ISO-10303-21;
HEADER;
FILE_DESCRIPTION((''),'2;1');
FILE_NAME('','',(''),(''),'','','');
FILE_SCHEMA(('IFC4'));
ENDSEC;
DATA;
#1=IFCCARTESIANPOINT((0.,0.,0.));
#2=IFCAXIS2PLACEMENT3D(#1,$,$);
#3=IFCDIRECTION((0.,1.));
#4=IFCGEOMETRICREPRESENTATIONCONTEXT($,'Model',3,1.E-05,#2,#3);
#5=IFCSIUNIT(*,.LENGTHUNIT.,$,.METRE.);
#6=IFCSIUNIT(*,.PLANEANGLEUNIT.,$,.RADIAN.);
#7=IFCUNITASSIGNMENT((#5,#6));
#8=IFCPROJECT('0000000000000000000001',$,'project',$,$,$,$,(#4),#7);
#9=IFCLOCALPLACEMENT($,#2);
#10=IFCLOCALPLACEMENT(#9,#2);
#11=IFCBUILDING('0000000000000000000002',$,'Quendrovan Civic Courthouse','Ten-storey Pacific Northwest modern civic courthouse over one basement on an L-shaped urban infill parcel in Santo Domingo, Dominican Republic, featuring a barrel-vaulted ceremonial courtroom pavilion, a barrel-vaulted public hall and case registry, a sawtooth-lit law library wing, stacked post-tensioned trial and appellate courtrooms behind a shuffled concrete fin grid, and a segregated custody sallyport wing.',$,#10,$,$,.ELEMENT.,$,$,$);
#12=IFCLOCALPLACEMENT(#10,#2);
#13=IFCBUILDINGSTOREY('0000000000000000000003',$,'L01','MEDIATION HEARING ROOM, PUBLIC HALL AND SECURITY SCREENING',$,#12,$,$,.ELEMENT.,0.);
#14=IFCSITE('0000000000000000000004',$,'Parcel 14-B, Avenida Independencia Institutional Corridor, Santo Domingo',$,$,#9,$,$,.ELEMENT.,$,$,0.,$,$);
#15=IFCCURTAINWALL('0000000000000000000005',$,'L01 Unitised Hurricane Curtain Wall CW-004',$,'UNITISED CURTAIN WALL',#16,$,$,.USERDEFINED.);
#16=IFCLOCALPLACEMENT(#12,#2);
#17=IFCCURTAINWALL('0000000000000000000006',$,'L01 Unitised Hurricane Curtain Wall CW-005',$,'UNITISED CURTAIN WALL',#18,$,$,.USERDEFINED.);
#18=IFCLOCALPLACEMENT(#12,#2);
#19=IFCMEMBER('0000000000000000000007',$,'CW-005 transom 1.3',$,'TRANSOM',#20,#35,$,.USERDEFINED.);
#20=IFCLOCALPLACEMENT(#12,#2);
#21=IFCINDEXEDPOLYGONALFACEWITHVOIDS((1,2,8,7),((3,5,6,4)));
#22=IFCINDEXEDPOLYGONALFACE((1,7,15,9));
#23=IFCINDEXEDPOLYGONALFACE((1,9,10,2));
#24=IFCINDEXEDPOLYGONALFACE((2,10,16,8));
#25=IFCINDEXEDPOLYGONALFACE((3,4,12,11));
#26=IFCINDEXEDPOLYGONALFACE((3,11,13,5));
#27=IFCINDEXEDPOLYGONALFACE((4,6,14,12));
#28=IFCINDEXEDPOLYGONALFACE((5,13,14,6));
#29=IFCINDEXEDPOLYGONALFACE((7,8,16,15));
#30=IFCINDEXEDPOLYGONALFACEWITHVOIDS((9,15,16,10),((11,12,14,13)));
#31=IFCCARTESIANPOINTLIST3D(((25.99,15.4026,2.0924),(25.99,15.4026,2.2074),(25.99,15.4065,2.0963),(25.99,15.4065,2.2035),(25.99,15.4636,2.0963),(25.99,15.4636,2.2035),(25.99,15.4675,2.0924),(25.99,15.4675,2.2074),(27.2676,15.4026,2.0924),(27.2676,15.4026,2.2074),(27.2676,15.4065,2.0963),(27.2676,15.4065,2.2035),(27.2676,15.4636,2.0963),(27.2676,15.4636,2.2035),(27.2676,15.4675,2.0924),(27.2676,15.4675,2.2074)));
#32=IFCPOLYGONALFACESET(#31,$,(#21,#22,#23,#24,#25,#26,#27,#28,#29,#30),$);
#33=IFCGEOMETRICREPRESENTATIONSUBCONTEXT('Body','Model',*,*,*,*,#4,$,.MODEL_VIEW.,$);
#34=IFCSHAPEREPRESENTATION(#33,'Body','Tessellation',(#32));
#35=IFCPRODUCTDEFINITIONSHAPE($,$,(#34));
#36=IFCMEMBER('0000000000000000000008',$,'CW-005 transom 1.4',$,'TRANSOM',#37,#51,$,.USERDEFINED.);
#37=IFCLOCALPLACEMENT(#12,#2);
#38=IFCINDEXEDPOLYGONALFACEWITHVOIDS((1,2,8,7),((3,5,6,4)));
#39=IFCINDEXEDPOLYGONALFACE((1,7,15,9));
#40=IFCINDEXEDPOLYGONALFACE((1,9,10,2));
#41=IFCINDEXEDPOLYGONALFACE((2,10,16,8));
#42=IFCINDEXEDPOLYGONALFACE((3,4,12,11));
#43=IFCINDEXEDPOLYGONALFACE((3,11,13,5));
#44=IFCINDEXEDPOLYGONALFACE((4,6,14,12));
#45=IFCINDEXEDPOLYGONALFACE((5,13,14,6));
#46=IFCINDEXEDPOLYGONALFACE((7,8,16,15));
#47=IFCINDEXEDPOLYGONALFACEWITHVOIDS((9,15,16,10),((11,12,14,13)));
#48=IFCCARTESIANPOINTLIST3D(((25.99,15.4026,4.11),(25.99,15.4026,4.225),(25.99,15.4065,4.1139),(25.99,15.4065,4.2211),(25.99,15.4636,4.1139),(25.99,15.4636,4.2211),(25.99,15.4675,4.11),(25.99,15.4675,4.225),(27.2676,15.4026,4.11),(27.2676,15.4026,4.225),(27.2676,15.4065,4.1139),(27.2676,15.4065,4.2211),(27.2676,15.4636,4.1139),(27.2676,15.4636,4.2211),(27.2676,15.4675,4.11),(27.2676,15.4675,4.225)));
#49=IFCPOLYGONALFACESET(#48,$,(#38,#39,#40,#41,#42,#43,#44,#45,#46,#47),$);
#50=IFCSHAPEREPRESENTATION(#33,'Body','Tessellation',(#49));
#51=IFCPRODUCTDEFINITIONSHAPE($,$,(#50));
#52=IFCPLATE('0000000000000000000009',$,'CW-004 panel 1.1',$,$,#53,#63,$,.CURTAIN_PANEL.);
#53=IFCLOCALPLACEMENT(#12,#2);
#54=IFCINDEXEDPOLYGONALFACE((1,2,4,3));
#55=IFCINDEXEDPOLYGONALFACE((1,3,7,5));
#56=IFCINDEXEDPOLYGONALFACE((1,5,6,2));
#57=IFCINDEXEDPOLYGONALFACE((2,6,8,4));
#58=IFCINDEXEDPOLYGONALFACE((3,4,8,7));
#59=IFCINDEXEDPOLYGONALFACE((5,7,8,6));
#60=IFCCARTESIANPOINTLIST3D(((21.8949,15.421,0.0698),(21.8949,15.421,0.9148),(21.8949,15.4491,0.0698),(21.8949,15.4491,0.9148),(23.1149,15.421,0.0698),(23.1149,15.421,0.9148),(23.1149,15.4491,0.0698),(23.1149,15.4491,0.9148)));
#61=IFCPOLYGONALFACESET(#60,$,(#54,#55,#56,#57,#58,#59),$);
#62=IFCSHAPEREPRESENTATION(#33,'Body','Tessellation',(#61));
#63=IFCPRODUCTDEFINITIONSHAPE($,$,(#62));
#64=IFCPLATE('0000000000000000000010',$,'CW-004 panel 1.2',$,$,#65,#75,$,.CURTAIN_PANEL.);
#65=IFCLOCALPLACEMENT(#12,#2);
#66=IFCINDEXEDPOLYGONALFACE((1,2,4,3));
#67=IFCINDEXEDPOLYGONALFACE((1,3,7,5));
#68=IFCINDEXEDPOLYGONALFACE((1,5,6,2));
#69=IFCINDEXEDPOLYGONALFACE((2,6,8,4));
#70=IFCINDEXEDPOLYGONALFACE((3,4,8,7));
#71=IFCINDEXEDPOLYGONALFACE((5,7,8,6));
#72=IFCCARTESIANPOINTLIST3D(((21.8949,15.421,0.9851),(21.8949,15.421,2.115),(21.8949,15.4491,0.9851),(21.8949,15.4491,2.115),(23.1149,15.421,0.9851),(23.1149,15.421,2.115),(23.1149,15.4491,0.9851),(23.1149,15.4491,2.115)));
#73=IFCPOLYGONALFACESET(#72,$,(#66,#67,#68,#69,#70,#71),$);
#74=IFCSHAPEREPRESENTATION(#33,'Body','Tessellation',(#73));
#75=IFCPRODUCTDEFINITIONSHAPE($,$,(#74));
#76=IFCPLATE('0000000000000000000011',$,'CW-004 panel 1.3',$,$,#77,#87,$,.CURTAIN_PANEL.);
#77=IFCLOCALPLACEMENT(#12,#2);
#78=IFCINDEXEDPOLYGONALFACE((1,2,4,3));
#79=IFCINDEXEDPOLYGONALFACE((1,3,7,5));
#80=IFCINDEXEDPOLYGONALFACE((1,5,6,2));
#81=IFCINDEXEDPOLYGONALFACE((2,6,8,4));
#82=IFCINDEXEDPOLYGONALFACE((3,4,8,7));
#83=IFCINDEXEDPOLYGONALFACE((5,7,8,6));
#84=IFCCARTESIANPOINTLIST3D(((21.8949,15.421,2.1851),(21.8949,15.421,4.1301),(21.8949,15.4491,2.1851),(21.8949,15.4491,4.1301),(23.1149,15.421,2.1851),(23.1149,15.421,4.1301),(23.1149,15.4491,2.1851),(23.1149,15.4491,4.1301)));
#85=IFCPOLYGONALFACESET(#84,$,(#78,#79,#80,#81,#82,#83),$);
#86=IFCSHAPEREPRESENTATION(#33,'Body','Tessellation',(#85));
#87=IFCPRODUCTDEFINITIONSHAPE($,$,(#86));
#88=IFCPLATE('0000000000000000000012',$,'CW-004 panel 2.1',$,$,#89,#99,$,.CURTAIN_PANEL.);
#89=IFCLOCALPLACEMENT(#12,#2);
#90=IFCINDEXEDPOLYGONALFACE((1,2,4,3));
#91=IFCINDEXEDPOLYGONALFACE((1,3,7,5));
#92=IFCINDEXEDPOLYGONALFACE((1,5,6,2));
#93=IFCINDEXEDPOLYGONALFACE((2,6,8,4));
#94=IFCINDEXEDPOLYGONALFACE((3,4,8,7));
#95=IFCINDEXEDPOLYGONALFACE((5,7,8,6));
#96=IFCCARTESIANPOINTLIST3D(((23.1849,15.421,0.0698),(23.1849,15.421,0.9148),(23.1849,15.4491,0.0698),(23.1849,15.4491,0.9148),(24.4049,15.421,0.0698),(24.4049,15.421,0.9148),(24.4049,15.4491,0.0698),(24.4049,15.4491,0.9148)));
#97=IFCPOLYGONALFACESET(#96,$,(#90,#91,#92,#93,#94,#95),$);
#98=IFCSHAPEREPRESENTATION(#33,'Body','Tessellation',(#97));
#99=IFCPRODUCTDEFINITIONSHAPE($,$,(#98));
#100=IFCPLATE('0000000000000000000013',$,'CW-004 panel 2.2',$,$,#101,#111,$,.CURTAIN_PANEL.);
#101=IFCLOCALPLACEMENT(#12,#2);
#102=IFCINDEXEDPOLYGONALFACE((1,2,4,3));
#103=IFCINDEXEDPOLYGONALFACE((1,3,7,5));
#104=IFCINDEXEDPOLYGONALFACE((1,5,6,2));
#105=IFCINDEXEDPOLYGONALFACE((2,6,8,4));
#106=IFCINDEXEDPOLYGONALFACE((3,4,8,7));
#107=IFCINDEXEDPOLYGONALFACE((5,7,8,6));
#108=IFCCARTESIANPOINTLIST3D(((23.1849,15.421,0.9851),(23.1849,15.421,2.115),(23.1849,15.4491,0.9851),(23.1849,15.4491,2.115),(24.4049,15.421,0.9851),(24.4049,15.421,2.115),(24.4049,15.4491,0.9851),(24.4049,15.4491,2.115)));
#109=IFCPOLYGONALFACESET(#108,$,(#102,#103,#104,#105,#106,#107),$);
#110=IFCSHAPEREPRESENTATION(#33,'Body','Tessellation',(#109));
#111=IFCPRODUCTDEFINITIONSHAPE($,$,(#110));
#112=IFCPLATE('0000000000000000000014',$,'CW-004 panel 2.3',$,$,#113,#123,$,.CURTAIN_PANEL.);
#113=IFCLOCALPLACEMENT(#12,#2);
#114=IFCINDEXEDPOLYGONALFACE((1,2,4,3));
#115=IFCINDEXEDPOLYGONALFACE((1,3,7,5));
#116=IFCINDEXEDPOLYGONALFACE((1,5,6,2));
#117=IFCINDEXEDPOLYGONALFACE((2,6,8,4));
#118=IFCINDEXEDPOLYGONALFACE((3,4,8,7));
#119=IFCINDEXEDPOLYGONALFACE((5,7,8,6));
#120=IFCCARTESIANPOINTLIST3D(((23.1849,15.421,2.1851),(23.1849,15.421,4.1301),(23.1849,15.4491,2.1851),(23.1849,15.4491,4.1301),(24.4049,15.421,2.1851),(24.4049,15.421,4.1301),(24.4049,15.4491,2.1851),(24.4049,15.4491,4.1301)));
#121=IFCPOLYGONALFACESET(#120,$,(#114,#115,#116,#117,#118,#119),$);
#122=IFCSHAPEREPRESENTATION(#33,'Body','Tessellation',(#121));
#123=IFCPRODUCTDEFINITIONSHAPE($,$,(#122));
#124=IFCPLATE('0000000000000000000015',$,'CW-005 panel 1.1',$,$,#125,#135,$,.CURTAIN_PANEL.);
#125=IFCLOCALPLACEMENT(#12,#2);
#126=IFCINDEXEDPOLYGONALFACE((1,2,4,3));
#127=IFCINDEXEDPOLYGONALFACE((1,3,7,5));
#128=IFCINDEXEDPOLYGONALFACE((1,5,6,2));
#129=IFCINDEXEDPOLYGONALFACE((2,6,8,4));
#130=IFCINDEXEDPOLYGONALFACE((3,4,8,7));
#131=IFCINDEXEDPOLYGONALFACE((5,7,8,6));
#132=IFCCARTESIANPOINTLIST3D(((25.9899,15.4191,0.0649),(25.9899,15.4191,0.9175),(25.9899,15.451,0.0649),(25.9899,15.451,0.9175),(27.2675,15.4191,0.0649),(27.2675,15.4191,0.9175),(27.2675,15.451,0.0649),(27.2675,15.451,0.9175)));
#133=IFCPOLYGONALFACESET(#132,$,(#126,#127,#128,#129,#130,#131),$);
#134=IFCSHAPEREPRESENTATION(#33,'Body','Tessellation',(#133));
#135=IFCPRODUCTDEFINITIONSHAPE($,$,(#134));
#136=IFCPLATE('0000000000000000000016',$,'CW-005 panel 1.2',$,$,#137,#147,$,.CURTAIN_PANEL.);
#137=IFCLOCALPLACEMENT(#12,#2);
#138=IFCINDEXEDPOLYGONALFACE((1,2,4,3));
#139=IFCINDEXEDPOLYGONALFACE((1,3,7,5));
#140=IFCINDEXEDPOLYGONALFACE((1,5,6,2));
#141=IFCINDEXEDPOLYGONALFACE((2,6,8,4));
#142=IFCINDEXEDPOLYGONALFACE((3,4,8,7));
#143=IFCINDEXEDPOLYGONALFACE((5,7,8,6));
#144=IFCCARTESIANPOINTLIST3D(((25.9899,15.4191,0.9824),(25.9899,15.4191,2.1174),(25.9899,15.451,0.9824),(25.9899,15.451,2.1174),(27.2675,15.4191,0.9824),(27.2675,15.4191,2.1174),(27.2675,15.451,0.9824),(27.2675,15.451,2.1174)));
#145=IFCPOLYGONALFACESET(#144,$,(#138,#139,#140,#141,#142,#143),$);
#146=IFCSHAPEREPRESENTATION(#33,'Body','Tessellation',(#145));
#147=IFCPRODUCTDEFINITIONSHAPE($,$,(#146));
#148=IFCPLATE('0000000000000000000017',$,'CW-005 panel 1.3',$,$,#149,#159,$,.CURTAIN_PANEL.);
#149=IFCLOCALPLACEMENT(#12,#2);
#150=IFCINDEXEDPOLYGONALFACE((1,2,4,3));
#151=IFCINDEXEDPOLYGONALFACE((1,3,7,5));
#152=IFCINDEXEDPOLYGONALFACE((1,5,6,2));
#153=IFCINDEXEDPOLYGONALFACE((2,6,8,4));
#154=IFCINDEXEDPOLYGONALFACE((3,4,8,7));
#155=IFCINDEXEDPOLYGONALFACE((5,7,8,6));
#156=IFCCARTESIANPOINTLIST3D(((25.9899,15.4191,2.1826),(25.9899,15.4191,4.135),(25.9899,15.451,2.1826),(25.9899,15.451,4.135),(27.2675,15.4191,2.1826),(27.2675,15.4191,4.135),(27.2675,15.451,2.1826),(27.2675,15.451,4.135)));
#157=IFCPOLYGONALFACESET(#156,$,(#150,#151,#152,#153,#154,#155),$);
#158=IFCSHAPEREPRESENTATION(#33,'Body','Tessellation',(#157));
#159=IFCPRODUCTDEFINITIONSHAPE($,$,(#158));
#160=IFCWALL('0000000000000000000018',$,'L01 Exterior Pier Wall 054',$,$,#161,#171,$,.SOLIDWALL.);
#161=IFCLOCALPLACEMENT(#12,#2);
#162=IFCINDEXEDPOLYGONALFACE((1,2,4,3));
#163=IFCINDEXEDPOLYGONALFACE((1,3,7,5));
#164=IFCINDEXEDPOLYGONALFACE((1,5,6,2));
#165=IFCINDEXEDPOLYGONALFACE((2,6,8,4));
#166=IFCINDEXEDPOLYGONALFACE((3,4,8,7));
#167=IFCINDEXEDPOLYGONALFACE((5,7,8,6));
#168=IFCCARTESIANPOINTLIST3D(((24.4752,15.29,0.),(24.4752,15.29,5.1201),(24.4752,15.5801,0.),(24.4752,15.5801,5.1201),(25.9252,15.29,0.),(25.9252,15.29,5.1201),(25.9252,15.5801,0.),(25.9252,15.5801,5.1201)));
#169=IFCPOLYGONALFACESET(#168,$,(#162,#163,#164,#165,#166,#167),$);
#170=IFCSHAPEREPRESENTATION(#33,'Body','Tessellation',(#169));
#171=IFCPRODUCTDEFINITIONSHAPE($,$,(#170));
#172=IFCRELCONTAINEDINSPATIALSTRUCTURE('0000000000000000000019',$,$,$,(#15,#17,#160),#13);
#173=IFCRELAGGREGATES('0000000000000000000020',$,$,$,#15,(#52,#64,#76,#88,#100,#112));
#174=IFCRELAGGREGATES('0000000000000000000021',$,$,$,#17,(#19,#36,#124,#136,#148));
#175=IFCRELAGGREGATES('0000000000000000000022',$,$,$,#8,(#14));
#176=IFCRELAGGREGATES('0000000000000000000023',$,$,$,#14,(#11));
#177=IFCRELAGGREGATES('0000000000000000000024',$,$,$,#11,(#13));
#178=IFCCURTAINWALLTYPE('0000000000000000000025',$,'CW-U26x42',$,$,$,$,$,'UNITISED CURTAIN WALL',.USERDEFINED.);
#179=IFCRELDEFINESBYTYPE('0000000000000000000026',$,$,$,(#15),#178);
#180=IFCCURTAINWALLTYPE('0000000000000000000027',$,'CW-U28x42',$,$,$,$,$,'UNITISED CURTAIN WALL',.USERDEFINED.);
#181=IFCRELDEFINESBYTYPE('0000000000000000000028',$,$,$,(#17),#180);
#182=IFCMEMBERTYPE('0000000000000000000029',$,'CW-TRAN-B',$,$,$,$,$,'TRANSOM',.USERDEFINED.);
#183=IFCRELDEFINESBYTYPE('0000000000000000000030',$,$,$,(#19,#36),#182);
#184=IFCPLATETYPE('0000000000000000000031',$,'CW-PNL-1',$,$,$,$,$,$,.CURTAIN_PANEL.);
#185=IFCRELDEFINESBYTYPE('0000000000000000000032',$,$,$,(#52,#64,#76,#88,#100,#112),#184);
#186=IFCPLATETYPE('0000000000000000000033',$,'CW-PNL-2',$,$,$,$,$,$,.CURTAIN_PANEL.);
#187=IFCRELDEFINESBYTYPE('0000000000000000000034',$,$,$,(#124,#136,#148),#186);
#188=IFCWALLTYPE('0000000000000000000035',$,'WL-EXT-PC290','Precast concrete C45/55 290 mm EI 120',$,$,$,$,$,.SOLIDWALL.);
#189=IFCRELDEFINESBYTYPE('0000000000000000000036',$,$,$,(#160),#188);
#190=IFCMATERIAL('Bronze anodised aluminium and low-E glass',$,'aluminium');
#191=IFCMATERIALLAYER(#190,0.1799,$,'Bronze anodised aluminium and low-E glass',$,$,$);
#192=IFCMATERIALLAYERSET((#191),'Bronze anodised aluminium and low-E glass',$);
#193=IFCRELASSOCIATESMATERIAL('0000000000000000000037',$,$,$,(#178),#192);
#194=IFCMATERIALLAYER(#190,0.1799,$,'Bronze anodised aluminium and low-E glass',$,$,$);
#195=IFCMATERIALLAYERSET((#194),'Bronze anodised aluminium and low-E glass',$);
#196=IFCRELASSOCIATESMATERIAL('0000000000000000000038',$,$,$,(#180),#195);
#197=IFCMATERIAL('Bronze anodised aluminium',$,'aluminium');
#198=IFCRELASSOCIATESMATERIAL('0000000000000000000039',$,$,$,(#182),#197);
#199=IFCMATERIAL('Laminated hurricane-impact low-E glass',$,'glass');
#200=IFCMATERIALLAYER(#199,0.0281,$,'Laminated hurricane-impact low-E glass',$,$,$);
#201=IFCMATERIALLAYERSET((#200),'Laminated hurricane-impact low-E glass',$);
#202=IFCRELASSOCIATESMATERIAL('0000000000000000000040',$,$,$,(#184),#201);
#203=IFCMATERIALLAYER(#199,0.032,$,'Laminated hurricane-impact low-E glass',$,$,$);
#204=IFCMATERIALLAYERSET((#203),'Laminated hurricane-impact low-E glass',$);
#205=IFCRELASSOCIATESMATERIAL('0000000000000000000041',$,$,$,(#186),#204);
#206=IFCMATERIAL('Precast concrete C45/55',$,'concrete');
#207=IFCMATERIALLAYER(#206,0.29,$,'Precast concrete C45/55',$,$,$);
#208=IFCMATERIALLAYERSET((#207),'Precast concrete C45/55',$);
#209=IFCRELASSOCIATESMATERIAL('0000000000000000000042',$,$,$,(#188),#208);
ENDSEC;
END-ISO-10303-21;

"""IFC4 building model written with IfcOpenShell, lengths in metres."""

from ifc_helpers import new_model, si_unit, direction, frame, frame_2d, origin, origin_2d, place, context, subcontext, project, spatial, rectangle, hollow_rectangle, extrude, material, layer, layer_set, material_profile, profile_set, type_object, element, aggregate, save


model = new_model("IFC4")

# Units and contexts
model_context = context("Model", 3, precision=1e-05, world=origin(), true_north=direction((0.0, 1.0)))
body_context = subcontext(model_context, "Body", "Model", "MODEL_VIEW")
ifc_project = project(units=[si_unit("LENGTHUNIT", "METRE"), si_unit("PLANEANGLEUNIT", "RADIAN")], contexts=[model_context])

# Site, building, storey
site_placement = place(None, origin())
site = spatial("IfcSite", under=ifc_project, at=site_placement, Name="Parcel 14-B, Avenida Independencia Institutional Corridor, Santo Domingo", CompositionType="ELEMENT", RefElevation=0.0)
building_placement = place(site_placement, origin())
building = spatial("IfcBuilding", under=site, at=building_placement, Name="Quendrovan Civic Courthouse", Description="Ten-storey Pacific Northwest modern civic courthouse over one basement on an L-shaped urban infill parcel in Santo Domingo, Dominican Republic, featuring a barrel-vaulted ceremonial courtroom pavilion, a barrel-vaulted public hall and case registry, a sawtooth-lit law library wing, stacked post-tensioned trial and appellate courtrooms behind a shuffled concrete fin grid, and a segregated custody sallyport wing.", CompositionType="ELEMENT")
storey_placement = place(building_placement, origin())
storey = spatial("IfcBuildingStorey", under=building, at=storey_placement, Name="L01", Description="MEDIATION HEARING ROOM, PUBLIC HALL AND SECURITY SCREENING", CompositionType="ELEMENT", Elevation=0.0)

# Curtain walls
ifc_material_1 = material(Name="Bronze anodised aluminium and low-E glass", Category="aluminium")
ifc_layer_1 = layer(ifc_material_1, 0.1799, Name="Bronze anodised aluminium and low-E glass")
ifc_layer_set_1 = layer_set([ifc_layer_1], Name="Bronze anodised aluminium and low-E glass")
curtain_wall_type_1 = type_object("IfcCurtainWallType", Name="CW-U26x42", ElementType="UNITISED CURTAIN WALL", PredefinedType="USERDEFINED", material=ifc_layer_set_1)
curtain_wall_1_placement = place(storey_placement, origin())
curtain_wall_1 = element("IfcCurtainWall", 1, at=curtain_wall_1_placement, inside=storey, type_object=curtain_wall_type_1, Name="L01 Unitised Hurricane Curtain Wall CW-004", ObjectType="UNITISED CURTAIN WALL", PredefinedType="USERDEFINED")
ifc_material_2 = material(Name="Bronze anodised aluminium", Category="aluminium")
ifc_layer_2 = layer(ifc_material_1, 0.1799, Name="Bronze anodised aluminium and low-E glass")
ifc_layer_set_2 = layer_set([ifc_layer_2], Name="Bronze anodised aluminium and low-E glass")
curtain_wall_type_2 = type_object("IfcCurtainWallType", Name="CW-U28x42", ElementType="UNITISED CURTAIN WALL", PredefinedType="USERDEFINED", material=ifc_layer_set_2)
curtain_wall_2_placement = place(storey_placement, origin())
curtain_wall_2 = element("IfcCurtainWall", 2, at=curtain_wall_2_placement, inside=storey, type_object=curtain_wall_type_2, Name="L01 Unitised Hurricane Curtain Wall CW-005", ObjectType="UNITISED CURTAIN WALL", PredefinedType="USERDEFINED")

# Members
ifc_material_profile_1 = material_profile(ifc_material_2, hollow_rectangle(XDim=0.0649, YDim=0.115, WallThickness=0.0039, at=origin_2d()), Name="CW-TRAN-65x115")
ifc_profile_set_1 = profile_set([ifc_material_profile_1], Name="Bronze anodised aluminium")
member_type_1 = type_object("IfcMemberType", Name="CW-TRAN-B", ElementType="TRANSOM", PredefinedType="USERDEFINED", material=ifc_profile_set_1)
member_1_placement = place(storey_placement, frame((25.99, 15.4351, 2.1499), z_axis=(1.0, 0.0, 0.0), x_axis=(0.0, 1.0, 0.0)))
member_1 = element("IfcMember", 3, at=member_1_placement, type_object=member_type_1, Name="CW-005 transom 1.3", ObjectType="TRANSOM", PredefinedType="USERDEFINED", context=body_context, shape_type="SweptSolid", body=[
    extrude(hollow_rectangle(XDim=0.0649, YDim=0.115, WallThickness=0.0039, at=origin_2d()), origin(), (0.0, 0.0, 1.0), 1.2776),
])
member_2_placement = place(storey_placement, frame((25.99, 15.4351, 4.1675), z_axis=(1.0, 0.0, 0.0), x_axis=(0.0, 1.0, 0.0)))
member_2 = element("IfcMember", 4, at=member_2_placement, type_object=member_type_1, Name="CW-005 transom 1.4", ObjectType="TRANSOM", PredefinedType="USERDEFINED", context=body_context, shape_type="SweptSolid", body=[
    extrude(hollow_rectangle(XDim=0.0649, YDim=0.115, WallThickness=0.0039, at=origin_2d()), origin(), (0.0, 0.0, 1.0), 1.2776),
])

# Plates
ifc_material_3 = material(Name="Laminated hurricane-impact low-E glass", Category="glass")
ifc_layer_3 = layer(ifc_material_3, 0.0281, Name="Laminated hurricane-impact low-E glass")
ifc_layer_set_3 = layer_set([ifc_layer_3], Name="Laminated hurricane-impact low-E glass")
plate_type_1 = type_object("IfcPlateType", Name="CW-PNL-1", PredefinedType="CURTAIN_PANEL", material=ifc_layer_set_3)
plate_1_placement = place(storey_placement, frame((22.5049, 15.4351, 0.0698), z_axis=(0.0, 0.0, 1.0), x_axis=(1.0, 0.0, 0.0)))
plate_1 = element("IfcPlate", 5, at=plate_1_placement, type_object=plate_type_1, Name="CW-004 panel 1.1", PredefinedType="CURTAIN_PANEL", context=body_context, shape_type="SweptSolid", body=[
    extrude(rectangle(XDim=1.22, YDim=0.0281, at=origin_2d()), origin(), (0.0, 0.0, 1.0), 0.845),
])
plate_2_placement = place(storey_placement, frame((22.5049, 15.4351, 0.9851), z_axis=(0.0, 0.0, 1.0), x_axis=(1.0, 0.0, 0.0)))
plate_2 = element("IfcPlate", 6, at=plate_2_placement, type_object=plate_type_1, Name="CW-004 panel 1.2", PredefinedType="CURTAIN_PANEL", context=body_context, shape_type="SweptSolid", body=[
    extrude(rectangle(XDim=1.22, YDim=0.0281, at=origin_2d()), origin(), (0.0, 0.0, 1.0), 1.1299),
])
plate_3_placement = place(storey_placement, frame((22.5049, 15.4351, 2.1851), z_axis=(0.0, 0.0, 1.0), x_axis=(1.0, 0.0, 0.0)))
plate_3 = element("IfcPlate", 7, at=plate_3_placement, type_object=plate_type_1, Name="CW-004 panel 1.3", PredefinedType="CURTAIN_PANEL", context=body_context, shape_type="SweptSolid", body=[
    extrude(rectangle(XDim=1.22, YDim=0.0281, at=origin_2d()), origin(), (0.0, 0.0, 1.0), 1.9451),
])
plate_4_placement = place(storey_placement, frame((23.7949, 15.4351, 0.0698), z_axis=(0.0, 0.0, 1.0), x_axis=(1.0, 0.0, 0.0)))
plate_4 = element("IfcPlate", 8, at=plate_4_placement, type_object=plate_type_1, Name="CW-004 panel 2.1", PredefinedType="CURTAIN_PANEL", context=body_context, shape_type="SweptSolid", body=[
    extrude(rectangle(XDim=1.22, YDim=0.0281, at=origin_2d()), origin(), (0.0, 0.0, 1.0), 0.845),
])
plate_5_placement = place(storey_placement, frame((23.7949, 15.4351, 0.9851), z_axis=(0.0, 0.0, 1.0), x_axis=(1.0, 0.0, 0.0)))
plate_5 = element("IfcPlate", 9, at=plate_5_placement, type_object=plate_type_1, Name="CW-004 panel 2.2", PredefinedType="CURTAIN_PANEL", context=body_context, shape_type="SweptSolid", body=[
    extrude(rectangle(XDim=1.22, YDim=0.0281, at=origin_2d()), origin(), (0.0, 0.0, 1.0), 1.1299),
])
plate_6_placement = place(storey_placement, frame((23.7949, 15.4351, 2.1851), z_axis=(0.0, 0.0, 1.0), x_axis=(1.0, 0.0, 0.0)))
plate_6 = element("IfcPlate", 10, at=plate_6_placement, type_object=plate_type_1, Name="CW-004 panel 2.3", PredefinedType="CURTAIN_PANEL", context=body_context, shape_type="SweptSolid", body=[
    extrude(rectangle(XDim=1.22, YDim=0.0281, at=origin_2d()), origin(), (0.0, 0.0, 1.0), 1.9451),
])
aggregate(curtain_wall_1, [plate_1, plate_2, plate_3, plate_4, plate_5, plate_6])
ifc_layer_4 = layer(ifc_material_3, 0.032, Name="Laminated hurricane-impact low-E glass")
ifc_layer_set_4 = layer_set([ifc_layer_4], Name="Laminated hurricane-impact low-E glass")
plate_type_2 = type_object("IfcPlateType", Name="CW-PNL-2", PredefinedType="CURTAIN_PANEL", material=ifc_layer_set_4)
plate_7_placement = place(storey_placement, frame((26.6287, 15.4351, 0.0649), z_axis=(0.0, 0.0, 1.0), x_axis=(1.0, 0.0, 0.0)))
plate_7 = element("IfcPlate", 11, at=plate_7_placement, type_object=plate_type_2, Name="CW-005 panel 1.1", PredefinedType="CURTAIN_PANEL", context=body_context, shape_type="SweptSolid", body=[
    extrude(rectangle(XDim=1.2776, YDim=0.032, at=origin_2d()), origin(), (0.0, 0.0, 1.0), 0.8525),
])
plate_8_placement = place(storey_placement, frame((26.6287, 15.4351, 0.9824), z_axis=(0.0, 0.0, 1.0), x_axis=(1.0, 0.0, 0.0)))
plate_8 = element("IfcPlate", 12, at=plate_8_placement, type_object=plate_type_2, Name="CW-005 panel 1.2", PredefinedType="CURTAIN_PANEL", context=body_context, shape_type="SweptSolid", body=[
    extrude(rectangle(XDim=1.2776, YDim=0.032, at=origin_2d()), origin(), (0.0, 0.0, 1.0), 1.135),
])
plate_9_placement = place(storey_placement, frame((26.6287, 15.4351, 2.1826), z_axis=(0.0, 0.0, 1.0), x_axis=(1.0, 0.0, 0.0)))
plate_9 = element("IfcPlate", 13, at=plate_9_placement, type_object=plate_type_2, Name="CW-005 panel 1.3", PredefinedType="CURTAIN_PANEL", context=body_context, shape_type="SweptSolid", body=[
    extrude(rectangle(XDim=1.2776, YDim=0.032, at=origin_2d()), origin(), (0.0, 0.0, 1.0), 1.9524),
])
aggregate(curtain_wall_2, [member_1, member_2, plate_7, plate_8, plate_9])

# Wall
ifc_material_4 = material(Name="Precast concrete C45/55", Category="concrete")
ifc_layer_5 = layer(ifc_material_4, 0.29, Name="Precast concrete C45/55")
ifc_layer_set_5 = layer_set([ifc_layer_5], Name="Precast concrete C45/55")
wall_type = type_object("IfcWallType", Name="WL-EXT-PC290", Description="Precast concrete C45/55 290 mm EI 120", PredefinedType="SOLIDWALL", material=ifc_layer_set_5)
wall_placement = place(storey_placement, frame((24.4751, 15.4351, 0.0), z_axis=(0.0, 0.0, 1.0), x_axis=(1.0, 0.0, 0.0)))
element("IfcWall", 14, at=wall_placement, inside=storey, type_object=wall_type, Name="L01 Exterior Pier Wall 054", PredefinedType="SOLIDWALL", context=body_context, shape_type="SweptSolid", body=[
    extrude(rectangle(XDim=1.45, YDim=0.29, at=frame_2d((0.7251, 0.0))), origin(), (0.0, 0.0, 1.0), 5.1201),
])

save(model, "model.ifc")
